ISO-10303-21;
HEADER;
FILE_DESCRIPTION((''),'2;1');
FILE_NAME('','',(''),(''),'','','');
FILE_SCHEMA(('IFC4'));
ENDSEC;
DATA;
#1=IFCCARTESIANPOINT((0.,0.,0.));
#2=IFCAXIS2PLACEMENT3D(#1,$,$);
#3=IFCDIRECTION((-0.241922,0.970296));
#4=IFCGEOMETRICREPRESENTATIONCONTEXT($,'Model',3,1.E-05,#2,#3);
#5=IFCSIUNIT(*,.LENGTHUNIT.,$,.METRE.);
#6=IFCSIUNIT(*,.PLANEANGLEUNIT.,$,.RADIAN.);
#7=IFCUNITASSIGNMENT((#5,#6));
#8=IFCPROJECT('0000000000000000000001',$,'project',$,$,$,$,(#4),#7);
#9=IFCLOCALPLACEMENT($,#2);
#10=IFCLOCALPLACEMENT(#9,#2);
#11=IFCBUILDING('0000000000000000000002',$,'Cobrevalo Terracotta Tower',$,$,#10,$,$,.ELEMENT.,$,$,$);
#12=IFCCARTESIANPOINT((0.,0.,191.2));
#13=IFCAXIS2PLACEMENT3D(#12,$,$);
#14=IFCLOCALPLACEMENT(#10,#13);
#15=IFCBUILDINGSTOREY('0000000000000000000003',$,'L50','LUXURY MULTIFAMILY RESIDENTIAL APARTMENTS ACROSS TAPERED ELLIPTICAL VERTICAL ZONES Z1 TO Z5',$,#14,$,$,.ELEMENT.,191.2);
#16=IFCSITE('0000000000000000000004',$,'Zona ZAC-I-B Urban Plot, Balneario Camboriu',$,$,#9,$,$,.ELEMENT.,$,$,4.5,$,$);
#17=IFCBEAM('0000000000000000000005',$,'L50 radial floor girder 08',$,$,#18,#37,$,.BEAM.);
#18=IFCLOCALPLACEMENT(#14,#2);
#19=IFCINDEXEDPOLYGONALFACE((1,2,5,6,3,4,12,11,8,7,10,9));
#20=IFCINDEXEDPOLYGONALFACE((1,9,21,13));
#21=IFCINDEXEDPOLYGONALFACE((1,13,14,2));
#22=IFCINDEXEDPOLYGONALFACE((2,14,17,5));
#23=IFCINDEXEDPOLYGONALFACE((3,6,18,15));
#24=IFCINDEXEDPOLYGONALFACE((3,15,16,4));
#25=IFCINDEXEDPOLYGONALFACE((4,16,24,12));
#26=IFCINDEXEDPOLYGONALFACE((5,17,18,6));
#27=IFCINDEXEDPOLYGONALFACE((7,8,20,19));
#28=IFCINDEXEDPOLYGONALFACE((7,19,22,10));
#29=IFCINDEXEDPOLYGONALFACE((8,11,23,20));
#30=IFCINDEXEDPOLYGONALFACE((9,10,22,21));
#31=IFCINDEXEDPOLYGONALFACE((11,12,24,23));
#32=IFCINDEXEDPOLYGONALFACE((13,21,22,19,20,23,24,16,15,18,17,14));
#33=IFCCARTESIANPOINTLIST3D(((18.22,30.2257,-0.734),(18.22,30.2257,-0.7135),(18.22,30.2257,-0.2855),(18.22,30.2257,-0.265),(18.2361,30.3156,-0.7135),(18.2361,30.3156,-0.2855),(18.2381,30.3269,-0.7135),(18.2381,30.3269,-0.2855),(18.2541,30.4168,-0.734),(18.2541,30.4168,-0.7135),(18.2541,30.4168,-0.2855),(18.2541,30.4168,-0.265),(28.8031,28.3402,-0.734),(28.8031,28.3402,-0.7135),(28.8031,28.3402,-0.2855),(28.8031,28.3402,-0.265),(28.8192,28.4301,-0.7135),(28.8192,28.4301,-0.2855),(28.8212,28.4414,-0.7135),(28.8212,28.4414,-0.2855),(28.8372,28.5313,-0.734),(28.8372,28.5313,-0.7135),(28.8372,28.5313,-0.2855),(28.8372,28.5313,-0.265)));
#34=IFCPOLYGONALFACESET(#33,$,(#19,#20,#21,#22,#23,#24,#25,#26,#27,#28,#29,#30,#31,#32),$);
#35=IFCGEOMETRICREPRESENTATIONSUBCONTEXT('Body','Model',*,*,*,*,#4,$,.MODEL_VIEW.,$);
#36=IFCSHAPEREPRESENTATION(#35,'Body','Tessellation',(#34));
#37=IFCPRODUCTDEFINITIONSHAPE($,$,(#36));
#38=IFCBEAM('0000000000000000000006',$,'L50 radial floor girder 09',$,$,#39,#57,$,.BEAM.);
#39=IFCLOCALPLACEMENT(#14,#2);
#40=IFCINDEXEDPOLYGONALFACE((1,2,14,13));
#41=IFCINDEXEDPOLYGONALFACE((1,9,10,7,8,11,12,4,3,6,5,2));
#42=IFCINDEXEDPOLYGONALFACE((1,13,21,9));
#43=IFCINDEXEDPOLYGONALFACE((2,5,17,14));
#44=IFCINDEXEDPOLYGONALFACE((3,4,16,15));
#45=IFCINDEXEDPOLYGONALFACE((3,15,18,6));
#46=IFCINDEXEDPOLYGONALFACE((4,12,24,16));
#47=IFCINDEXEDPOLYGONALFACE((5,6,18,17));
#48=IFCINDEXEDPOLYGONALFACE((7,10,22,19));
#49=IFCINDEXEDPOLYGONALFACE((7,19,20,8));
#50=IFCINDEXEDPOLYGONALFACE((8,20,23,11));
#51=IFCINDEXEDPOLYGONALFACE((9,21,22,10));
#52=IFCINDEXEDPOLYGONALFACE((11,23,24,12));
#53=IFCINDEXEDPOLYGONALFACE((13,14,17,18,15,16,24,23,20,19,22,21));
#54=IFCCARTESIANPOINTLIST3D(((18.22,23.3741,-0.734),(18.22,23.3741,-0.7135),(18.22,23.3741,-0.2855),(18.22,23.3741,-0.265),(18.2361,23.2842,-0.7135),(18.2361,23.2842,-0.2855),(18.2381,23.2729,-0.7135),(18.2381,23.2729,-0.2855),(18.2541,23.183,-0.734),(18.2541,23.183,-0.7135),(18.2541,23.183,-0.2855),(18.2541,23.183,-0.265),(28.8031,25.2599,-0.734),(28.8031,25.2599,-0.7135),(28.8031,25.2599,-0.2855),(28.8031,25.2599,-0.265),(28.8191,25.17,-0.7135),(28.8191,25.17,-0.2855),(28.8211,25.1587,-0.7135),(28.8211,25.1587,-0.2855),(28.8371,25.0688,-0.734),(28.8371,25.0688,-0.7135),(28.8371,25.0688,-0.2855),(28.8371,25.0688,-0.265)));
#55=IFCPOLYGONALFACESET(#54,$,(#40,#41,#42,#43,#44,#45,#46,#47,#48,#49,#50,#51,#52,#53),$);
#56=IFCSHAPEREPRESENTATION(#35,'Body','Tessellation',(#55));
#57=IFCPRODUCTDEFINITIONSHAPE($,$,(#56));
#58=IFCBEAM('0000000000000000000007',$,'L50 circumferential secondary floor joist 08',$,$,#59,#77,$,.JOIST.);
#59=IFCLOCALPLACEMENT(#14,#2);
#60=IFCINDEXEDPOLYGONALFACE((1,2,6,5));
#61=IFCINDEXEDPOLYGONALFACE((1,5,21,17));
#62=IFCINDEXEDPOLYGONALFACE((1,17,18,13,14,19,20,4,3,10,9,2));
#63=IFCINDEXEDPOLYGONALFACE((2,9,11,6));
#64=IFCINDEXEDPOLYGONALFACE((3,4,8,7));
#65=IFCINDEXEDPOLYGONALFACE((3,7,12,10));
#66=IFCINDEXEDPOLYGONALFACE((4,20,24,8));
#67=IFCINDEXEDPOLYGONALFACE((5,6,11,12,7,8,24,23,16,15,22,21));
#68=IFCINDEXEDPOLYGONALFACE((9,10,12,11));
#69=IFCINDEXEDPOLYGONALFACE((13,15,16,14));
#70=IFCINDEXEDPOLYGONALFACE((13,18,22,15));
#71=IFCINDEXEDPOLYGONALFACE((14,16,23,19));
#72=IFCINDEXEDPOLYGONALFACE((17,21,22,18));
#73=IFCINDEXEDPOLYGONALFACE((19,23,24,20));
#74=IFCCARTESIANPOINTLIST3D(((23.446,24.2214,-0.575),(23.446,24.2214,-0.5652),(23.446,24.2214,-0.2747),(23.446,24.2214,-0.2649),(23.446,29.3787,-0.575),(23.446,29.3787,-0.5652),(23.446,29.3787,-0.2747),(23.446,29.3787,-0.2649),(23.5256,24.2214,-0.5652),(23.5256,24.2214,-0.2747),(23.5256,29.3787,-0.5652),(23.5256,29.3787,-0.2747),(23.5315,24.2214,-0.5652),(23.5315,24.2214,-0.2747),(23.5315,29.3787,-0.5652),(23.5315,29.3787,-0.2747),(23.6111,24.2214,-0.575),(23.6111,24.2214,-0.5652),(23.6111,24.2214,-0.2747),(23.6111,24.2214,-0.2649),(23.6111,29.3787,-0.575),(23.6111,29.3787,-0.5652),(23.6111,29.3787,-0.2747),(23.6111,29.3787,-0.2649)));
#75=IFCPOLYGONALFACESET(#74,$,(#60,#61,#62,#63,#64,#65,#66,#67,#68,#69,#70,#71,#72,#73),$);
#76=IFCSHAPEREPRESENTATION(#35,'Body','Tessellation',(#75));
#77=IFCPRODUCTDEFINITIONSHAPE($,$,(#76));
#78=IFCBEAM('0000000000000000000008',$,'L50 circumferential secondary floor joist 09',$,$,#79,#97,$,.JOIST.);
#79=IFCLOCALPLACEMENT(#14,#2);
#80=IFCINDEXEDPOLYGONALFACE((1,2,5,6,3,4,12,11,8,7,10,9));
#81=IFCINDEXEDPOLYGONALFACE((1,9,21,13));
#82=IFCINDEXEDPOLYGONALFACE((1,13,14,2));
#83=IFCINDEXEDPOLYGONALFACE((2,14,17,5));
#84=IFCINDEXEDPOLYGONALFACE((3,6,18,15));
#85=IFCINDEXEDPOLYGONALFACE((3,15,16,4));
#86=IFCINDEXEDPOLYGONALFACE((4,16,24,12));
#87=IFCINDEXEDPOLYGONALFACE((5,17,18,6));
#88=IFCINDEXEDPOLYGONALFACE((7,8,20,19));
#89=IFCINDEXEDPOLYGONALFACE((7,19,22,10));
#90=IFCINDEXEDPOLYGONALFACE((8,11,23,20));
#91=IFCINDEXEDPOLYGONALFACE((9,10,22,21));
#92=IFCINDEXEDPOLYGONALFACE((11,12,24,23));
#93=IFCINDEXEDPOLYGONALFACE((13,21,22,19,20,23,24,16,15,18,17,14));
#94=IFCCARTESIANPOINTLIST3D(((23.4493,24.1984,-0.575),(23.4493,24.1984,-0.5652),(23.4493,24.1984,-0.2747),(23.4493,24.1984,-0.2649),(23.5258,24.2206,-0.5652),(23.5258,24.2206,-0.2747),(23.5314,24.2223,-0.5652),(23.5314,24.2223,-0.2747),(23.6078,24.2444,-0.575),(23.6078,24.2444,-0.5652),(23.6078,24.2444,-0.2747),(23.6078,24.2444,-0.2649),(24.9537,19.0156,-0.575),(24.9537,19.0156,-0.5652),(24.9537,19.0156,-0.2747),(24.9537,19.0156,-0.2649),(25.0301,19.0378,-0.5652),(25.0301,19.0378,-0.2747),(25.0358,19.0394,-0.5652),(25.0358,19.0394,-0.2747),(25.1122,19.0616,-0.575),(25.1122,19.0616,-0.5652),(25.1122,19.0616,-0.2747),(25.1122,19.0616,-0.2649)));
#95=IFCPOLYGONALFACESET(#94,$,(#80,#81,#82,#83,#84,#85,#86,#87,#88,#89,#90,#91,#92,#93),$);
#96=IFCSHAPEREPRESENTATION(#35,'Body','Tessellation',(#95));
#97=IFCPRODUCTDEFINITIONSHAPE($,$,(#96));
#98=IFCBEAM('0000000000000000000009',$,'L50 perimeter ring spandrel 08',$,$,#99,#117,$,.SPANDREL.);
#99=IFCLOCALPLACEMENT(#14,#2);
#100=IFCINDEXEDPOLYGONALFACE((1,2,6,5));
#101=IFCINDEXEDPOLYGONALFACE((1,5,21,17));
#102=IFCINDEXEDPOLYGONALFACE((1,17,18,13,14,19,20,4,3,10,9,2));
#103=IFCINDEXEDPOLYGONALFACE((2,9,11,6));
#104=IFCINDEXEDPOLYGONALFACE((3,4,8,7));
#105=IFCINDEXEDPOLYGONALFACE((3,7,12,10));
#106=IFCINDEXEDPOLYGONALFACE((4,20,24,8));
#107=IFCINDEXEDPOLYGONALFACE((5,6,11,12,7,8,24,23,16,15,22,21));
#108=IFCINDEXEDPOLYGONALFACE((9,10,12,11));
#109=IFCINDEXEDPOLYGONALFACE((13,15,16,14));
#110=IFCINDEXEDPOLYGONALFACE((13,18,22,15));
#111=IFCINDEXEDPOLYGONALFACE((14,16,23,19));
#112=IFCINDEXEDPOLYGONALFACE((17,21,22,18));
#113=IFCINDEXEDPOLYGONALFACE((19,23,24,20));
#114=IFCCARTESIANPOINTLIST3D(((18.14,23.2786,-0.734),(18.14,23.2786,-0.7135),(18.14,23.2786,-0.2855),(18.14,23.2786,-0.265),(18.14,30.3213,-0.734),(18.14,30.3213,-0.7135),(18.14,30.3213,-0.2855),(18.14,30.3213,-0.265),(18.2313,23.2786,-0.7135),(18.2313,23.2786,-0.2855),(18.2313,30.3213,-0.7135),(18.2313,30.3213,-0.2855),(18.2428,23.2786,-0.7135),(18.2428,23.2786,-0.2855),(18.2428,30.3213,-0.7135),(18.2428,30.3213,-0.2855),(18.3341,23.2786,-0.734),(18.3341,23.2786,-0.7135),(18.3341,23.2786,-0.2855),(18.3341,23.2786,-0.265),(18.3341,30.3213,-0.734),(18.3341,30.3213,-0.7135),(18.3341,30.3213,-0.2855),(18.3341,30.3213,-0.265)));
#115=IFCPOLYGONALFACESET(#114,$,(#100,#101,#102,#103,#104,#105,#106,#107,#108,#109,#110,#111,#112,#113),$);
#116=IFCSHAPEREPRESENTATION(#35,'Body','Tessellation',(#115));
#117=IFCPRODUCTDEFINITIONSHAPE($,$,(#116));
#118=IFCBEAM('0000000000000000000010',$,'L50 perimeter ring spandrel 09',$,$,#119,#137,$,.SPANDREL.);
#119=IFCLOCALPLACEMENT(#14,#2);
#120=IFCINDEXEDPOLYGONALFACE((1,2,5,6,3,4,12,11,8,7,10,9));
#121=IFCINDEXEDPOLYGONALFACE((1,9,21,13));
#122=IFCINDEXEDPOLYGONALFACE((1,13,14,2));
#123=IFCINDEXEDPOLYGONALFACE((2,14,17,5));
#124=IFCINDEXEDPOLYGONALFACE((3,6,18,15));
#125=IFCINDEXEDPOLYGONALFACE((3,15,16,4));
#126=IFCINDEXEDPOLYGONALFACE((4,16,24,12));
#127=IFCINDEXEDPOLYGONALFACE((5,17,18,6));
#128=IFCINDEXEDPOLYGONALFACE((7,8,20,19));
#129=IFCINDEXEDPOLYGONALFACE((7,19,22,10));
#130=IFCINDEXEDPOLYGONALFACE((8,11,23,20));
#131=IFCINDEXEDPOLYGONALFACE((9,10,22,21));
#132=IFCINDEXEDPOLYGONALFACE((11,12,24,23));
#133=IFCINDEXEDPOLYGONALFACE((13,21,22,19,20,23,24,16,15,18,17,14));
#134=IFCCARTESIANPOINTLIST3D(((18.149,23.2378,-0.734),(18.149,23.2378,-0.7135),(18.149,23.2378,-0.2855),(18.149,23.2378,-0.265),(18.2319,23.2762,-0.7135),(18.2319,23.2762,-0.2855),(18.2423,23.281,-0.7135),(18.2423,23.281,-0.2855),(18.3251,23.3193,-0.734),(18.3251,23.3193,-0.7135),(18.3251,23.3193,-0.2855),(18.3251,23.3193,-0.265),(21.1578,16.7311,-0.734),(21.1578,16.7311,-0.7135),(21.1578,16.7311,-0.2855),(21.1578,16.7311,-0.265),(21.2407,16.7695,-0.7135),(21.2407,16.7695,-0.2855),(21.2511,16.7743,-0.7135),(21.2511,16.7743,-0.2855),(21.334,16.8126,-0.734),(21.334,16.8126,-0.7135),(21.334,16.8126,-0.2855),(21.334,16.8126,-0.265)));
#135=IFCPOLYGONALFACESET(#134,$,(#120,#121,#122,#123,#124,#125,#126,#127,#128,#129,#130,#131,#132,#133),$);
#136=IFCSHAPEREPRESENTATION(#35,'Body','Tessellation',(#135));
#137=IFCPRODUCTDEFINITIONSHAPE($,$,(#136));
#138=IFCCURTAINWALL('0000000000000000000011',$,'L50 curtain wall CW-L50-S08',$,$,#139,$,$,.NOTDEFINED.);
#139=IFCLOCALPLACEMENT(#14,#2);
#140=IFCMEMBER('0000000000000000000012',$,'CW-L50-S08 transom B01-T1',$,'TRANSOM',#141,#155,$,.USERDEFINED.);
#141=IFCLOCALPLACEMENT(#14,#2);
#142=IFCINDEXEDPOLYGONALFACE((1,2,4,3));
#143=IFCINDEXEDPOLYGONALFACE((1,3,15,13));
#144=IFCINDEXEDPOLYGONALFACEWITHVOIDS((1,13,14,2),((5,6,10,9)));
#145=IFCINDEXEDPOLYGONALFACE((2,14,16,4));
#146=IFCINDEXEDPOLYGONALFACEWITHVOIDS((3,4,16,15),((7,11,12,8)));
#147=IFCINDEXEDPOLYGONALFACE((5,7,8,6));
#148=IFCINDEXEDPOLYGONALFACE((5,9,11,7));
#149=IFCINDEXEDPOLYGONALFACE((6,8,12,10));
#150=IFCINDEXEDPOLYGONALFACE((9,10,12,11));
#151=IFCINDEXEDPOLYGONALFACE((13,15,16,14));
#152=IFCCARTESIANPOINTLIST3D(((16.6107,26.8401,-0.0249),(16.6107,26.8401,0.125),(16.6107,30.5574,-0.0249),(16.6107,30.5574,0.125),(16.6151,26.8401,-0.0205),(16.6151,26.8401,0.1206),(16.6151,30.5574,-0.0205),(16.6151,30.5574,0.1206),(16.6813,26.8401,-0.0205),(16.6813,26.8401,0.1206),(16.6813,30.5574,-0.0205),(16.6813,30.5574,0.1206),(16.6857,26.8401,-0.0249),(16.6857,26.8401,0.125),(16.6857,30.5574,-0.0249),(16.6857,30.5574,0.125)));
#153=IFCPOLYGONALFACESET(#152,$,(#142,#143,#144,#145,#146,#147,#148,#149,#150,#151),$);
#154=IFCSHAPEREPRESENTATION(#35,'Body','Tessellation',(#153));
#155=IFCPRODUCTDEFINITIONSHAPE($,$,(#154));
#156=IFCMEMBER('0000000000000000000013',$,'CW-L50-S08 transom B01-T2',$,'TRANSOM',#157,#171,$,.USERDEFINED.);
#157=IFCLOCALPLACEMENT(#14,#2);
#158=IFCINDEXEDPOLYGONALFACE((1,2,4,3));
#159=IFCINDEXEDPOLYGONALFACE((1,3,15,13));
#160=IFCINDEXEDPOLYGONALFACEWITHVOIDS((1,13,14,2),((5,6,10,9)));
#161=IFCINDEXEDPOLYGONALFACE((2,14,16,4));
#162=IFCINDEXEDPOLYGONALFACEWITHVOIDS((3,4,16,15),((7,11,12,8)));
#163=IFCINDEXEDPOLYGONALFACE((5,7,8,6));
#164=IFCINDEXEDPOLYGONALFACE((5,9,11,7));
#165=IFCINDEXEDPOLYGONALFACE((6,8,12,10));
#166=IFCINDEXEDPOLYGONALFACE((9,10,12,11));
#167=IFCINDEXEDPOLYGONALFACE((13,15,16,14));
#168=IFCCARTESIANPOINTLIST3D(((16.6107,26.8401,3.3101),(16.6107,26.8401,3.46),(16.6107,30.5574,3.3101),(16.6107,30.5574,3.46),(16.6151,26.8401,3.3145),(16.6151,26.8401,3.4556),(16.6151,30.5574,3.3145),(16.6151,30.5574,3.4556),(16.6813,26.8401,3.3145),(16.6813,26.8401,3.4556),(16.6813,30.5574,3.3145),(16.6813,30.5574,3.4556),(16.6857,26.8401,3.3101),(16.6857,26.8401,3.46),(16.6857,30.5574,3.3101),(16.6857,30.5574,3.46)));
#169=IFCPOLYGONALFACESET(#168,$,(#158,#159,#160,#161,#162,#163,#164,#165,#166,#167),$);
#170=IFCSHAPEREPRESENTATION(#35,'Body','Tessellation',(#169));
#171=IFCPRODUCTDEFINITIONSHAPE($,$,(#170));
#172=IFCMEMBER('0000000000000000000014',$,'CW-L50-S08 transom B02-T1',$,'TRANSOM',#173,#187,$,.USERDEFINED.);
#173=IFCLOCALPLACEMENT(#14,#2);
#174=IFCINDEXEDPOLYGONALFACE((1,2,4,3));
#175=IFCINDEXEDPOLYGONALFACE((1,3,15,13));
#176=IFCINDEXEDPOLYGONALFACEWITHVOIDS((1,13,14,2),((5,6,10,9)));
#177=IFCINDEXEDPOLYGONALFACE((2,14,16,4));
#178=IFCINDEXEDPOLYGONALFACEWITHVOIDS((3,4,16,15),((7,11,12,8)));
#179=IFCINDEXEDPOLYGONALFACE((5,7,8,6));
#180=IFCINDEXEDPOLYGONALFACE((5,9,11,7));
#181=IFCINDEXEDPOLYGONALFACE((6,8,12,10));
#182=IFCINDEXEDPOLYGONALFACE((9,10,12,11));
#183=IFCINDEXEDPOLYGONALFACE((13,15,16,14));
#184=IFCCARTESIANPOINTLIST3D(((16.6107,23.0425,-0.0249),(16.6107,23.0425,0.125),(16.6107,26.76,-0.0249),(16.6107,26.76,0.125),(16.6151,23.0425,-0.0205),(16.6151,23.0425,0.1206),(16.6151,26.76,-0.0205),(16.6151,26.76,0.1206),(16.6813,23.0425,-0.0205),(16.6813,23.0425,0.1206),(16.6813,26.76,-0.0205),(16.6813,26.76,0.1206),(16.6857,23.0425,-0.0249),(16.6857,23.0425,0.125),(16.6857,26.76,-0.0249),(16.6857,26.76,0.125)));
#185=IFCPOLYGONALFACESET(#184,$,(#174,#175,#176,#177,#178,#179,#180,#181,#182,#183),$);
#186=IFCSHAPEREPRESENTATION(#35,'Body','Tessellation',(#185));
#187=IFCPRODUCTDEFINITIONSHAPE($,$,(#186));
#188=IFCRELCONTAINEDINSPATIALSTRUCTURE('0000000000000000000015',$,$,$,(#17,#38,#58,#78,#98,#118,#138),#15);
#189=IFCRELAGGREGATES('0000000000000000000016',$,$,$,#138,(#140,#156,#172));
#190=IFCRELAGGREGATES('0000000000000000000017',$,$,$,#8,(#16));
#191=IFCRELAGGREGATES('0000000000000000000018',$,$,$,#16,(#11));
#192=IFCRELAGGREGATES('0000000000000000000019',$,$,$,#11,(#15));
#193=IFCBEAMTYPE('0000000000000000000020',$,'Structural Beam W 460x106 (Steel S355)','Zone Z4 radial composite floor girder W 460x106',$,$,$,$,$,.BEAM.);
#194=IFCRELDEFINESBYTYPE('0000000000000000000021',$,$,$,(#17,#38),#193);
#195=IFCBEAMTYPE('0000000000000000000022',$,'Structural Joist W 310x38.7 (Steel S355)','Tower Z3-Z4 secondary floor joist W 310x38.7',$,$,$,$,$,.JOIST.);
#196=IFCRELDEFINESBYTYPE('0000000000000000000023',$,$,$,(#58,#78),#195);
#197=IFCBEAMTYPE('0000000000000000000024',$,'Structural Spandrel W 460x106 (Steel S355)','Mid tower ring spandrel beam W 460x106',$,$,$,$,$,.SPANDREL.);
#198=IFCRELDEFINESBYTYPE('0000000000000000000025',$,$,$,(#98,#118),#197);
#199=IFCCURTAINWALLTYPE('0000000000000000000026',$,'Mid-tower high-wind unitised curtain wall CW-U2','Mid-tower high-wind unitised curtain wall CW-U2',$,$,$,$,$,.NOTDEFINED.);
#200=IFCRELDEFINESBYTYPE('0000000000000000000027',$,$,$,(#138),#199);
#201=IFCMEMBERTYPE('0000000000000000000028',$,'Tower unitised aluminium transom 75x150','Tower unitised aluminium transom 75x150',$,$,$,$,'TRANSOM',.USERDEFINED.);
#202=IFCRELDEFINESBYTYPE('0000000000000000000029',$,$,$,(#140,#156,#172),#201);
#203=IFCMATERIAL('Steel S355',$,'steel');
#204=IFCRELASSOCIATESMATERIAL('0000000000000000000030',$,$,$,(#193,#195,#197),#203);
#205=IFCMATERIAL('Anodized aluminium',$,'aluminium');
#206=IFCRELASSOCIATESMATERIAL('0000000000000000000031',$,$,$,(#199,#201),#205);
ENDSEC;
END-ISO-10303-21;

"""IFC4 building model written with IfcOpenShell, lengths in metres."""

from ifc_helpers import new_model, si_unit, direction, frame, origin, origin_2d, place, context, subcontext, project, spatial, hollow_rectangle, i_section, extrude, source, transform, mapped, material, material_profile, profile_set, type_object, element, aggregate, save


model = new_model("IFC4")

# Units and contexts
model_context = context("Model", 3, precision=1e-05, world=origin(), true_north=direction((-0.241922, 0.970296)))
body_context = subcontext(model_context, "Body", "Model", "MODEL_VIEW")
ifc_project = project(units=[si_unit("LENGTHUNIT", "METRE"), si_unit("PLANEANGLEUNIT", "RADIAN")], contexts=[model_context])

# Site, building, storey
site_placement = place(None, origin())
site = spatial("IfcSite", under=ifc_project, at=site_placement, Name="Zona ZAC-I-B Urban Plot, Balneario Camboriu", CompositionType="ELEMENT", RefElevation=4.5)
building_placement = place(site_placement, origin())
building = spatial("IfcBuilding", under=site, at=building_placement, Name="Cobrevalo Terracotta Tower", CompositionType="ELEMENT")
storey_placement = place(building_placement, frame((0.0, 0.0, 191.2)))
storey = spatial("IfcBuildingStorey", under=building, at=storey_placement, Name="L50", Description="LUXURY MULTIFAMILY RESIDENTIAL APARTMENTS ACROSS TAPERED ELLIPTICAL VERTICAL ZONES Z1 TO Z5", CompositionType="ELEMENT", Elevation=191.2)

# Shared definitions
ifc_material_1 = material(Name="Steel S355", Category="steel")

# Beams
ifc_material_profile_1 = material_profile(ifc_material_1, i_section(OverallWidth=0.1941, OverallDepth=0.469, WebThickness=0.0115, FlangeThickness=0.0205, at=origin_2d()), Name="W 460x106")
ifc_profile_set_1 = profile_set([ifc_material_profile_1], Name="Steel S355")
beam_type_1 = type_object("IfcBeamType", Name="Structural Beam W 460x106 (Steel S355)", Description="Zone Z4 radial composite floor girder W 460x106", PredefinedType="BEAM", material=ifc_profile_set_1)
for number, where, z_axis, x_axis, name in (
    (1, (18.2371, 30.3213, -0.4995), (0.984497, -0.175401, 0.0), (0.175401, 0.984497, 0.0), "L50 radial floor girder 08"),
    (2, (18.2371, 23.2786, -0.4995), (0.984493, 0.175423, 0.0), (-0.175423, 0.984493, 0.0), "L50 radial floor girder 09"),
):
    element("IfcBeam", number, at=place(storey_placement, frame(where, z_axis=z_axis, x_axis=x_axis)), inside=storey, type_object=beam_type_1, Name=name, PredefinedType="BEAM", context=body_context, shape_type="SweptSolid", body=[
        extrude(i_section(OverallWidth=0.1941, OverallDepth=0.469, WebThickness=0.0115, FlangeThickness=0.0205, at=origin_2d()), origin(), (0.0, 0.0, 1.0), 10.7498),
    ])
ifc_material_profile_2 = material_profile(ifc_material_1, i_section(OverallWidth=0.165, OverallDepth=0.3101, WebThickness=0.0059, FlangeThickness=0.0098, at=origin_2d()), Name="W 310x38.7")
ifc_profile_set_2 = profile_set([ifc_material_profile_2], Name="Steel S355")
beam_type_2 = type_object("IfcBeamType", Name="Structural Joist W 310x38.7 (Steel S355)", Description="Tower Z3-Z4 secondary floor joist W 310x38.7", PredefinedType="JOIST", material=ifc_profile_set_2)
beam_1_placement = place(storey_placement, frame((23.5286, 29.3787, -0.4199), z_axis=(0.0, -1.0, 0.0), x_axis=(1.0, 0.0, 0.0)))
element("IfcBeam", 3, at=beam_1_placement, inside=storey, type_object=beam_type_2, Name="L50 circumferential secondary floor joist 08", PredefinedType="JOIST", context=body_context, shape_type="SweptSolid", body=[
    extrude(i_section(OverallWidth=0.165, OverallDepth=0.3101, WebThickness=0.0059, FlangeThickness=0.0098, at=origin_2d()), origin(), (0.0, 0.0, 1.0), 5.1572),
])
beam_2_placement = place(storey_placement, frame((23.5286, 24.2214, -0.4199), z_axis=(0.278758, -0.960361, 0.0), x_axis=(0.960361, 0.278758, 0.0)))
element("IfcBeam", 4, at=beam_2_placement, inside=storey, type_object=beam_type_2, Name="L50 circumferential secondary floor joist 09", PredefinedType="JOIST", context=body_context, shape_type="SweptSolid", body=[
    extrude(i_section(OverallWidth=0.165, OverallDepth=0.3101, WebThickness=0.0059, FlangeThickness=0.0098, at=origin_2d()), origin(), (0.0, 0.0, 1.0), 5.3967),
])
ifc_material_profile_3 = material_profile(ifc_material_1, i_section(OverallWidth=0.1941, OverallDepth=0.469, WebThickness=0.0115, FlangeThickness=0.0205, at=origin_2d()), Name="W 460x106")
ifc_profile_set_3 = profile_set([ifc_material_profile_3], Name="Steel S355")
beam_type_3 = type_object("IfcBeamType", Name="Structural Spandrel W 460x106 (Steel S355)", Description="Mid tower ring spandrel beam W 460x106", PredefinedType="SPANDREL", material=ifc_profile_set_3)
beam_3_placement = place(storey_placement, frame((18.2371, 30.3213, -0.4995), z_axis=(0.0, -1.0, 0.0), x_axis=(1.0, 0.0, 0.0)))
element("IfcBeam", 5, at=beam_3_placement, inside=storey, type_object=beam_type_3, Name="L50 perimeter ring spandrel 08", PredefinedType="SPANDREL", context=body_context, shape_type="SweptSolid", body=[
    extrude(i_section(OverallWidth=0.1941, OverallDepth=0.469, WebThickness=0.0115, FlangeThickness=0.0205, at=origin_2d()), origin(), (0.0, 0.0, 1.0), 7.0427),
])
beam_4_placement = place(storey_placement, frame((18.2371, 23.2786, -0.4995), z_axis=(0.419719, -0.907654, 0.0), x_axis=(0.907654, 0.419719, 0.0)))
element("IfcBeam", 6, at=beam_4_placement, inside=storey, type_object=beam_type_3, Name="L50 perimeter ring spandrel 09", PredefinedType="SPANDREL", context=body_context, shape_type="SweptSolid", body=[
    extrude(i_section(OverallWidth=0.1941, OverallDepth=0.469, WebThickness=0.0115, FlangeThickness=0.0205, at=origin_2d()), origin(), (0.0, 0.0, 1.0), 7.1687),
])

# Curtain wall, members
ifc_material_2 = material(Name="Anodized aluminium", Category="aluminium")
curtain_wall_type = type_object("IfcCurtainWallType", Name="Mid-tower high-wind unitised curtain wall CW-U2", Description="Mid-tower high-wind unitised curtain wall CW-U2", PredefinedType="NOTDEFINED", material=ifc_material_2)
curtain_wall_1_placement = place(storey_placement, origin())
curtain_wall_1 = element("IfcCurtainWall", 7, at=curtain_wall_1_placement, inside=storey, type_object=curtain_wall_type, Name="L50 curtain wall CW-L50-S08", PredefinedType="NOTDEFINED")
ifc_material_profile_4 = material_profile(ifc_material_2, hollow_rectangle(XDim=0.075, YDim=0.1499, WallThickness=0.0044, at=origin_2d()), Name="CWT 75x150")
ifc_profile_set_4 = profile_set([ifc_material_profile_4], Name="Anodized aluminium")
member_type_1 = type_object("IfcMemberType", Name="Tower unitised aluminium transom 75x150", Description="Tower unitised aluminium transom 75x150", ElementType="TRANSOM", PredefinedType="USERDEFINED", material=ifc_profile_set_4)
shared_shape_1 = source(origin(), body_context, "Body", "SweptSolid", [
    extrude(hollow_rectangle(XDim=0.075, YDim=0.1499, WallThickness=0.0044, at=origin_2d()), origin(), (0.0, 0.0, 1.0), 3.7173),
])
member_1_placement = place(storey_placement, frame((16.6482, 30.5574, 0.05), z_axis=(0.0, -1.0, 0.0), x_axis=(1.0, 0.0, 0.0)))
member_1 = element("IfcMember", 8, at=member_1_placement, type_object=member_type_1, Name="CW-L50-S08 transom B01-T1", ObjectType="TRANSOM", PredefinedType="USERDEFINED", context=body_context, shape_type="MappedRepresentation", body=[
    mapped(shared_shape_1, transform((0.0, 0.0, 0.0), scale=1.0)),
])
member_2_placement = place(storey_placement, frame((16.6482, 30.5574, 3.385), z_axis=(0.0, -1.0, 0.0), x_axis=(1.0, 0.0, 0.0)))
member_2 = element("IfcMember", 9, at=member_2_placement, type_object=member_type_1, Name="CW-L50-S08 transom B01-T2", ObjectType="TRANSOM", PredefinedType="USERDEFINED", context=body_context, shape_type="MappedRepresentation", body=[
    mapped(shared_shape_1, transform((0.0, 0.0, 0.0), scale=1.0)),
])
shared_shape_2 = source(origin(), body_context, "Body", "SweptSolid", [
    extrude(hollow_rectangle(XDim=0.075, YDim=0.1499, WallThickness=0.0044, at=origin_2d()), origin(), (0.0, 0.0, 1.0), 3.7175),
])
member_3_placement = place(storey_placement, frame((16.6482, 26.76, 0.05), z_axis=(0.0, -1.0, 0.0), x_axis=(1.0, 0.0, 0.0)))
member_3 = element("IfcMember", 10, at=member_3_placement, type_object=member_type_1, Name="CW-L50-S08 transom B02-T1", ObjectType="TRANSOM", PredefinedType="USERDEFINED", context=body_context, shape_type="MappedRepresentation", body=[
    mapped(shared_shape_2, transform((0.0, 0.0, 0.0), scale=1.0)),
])

aggregate(curtain_wall_1, [member_1, member_2, member_3])

save(model, "model.ifc")
